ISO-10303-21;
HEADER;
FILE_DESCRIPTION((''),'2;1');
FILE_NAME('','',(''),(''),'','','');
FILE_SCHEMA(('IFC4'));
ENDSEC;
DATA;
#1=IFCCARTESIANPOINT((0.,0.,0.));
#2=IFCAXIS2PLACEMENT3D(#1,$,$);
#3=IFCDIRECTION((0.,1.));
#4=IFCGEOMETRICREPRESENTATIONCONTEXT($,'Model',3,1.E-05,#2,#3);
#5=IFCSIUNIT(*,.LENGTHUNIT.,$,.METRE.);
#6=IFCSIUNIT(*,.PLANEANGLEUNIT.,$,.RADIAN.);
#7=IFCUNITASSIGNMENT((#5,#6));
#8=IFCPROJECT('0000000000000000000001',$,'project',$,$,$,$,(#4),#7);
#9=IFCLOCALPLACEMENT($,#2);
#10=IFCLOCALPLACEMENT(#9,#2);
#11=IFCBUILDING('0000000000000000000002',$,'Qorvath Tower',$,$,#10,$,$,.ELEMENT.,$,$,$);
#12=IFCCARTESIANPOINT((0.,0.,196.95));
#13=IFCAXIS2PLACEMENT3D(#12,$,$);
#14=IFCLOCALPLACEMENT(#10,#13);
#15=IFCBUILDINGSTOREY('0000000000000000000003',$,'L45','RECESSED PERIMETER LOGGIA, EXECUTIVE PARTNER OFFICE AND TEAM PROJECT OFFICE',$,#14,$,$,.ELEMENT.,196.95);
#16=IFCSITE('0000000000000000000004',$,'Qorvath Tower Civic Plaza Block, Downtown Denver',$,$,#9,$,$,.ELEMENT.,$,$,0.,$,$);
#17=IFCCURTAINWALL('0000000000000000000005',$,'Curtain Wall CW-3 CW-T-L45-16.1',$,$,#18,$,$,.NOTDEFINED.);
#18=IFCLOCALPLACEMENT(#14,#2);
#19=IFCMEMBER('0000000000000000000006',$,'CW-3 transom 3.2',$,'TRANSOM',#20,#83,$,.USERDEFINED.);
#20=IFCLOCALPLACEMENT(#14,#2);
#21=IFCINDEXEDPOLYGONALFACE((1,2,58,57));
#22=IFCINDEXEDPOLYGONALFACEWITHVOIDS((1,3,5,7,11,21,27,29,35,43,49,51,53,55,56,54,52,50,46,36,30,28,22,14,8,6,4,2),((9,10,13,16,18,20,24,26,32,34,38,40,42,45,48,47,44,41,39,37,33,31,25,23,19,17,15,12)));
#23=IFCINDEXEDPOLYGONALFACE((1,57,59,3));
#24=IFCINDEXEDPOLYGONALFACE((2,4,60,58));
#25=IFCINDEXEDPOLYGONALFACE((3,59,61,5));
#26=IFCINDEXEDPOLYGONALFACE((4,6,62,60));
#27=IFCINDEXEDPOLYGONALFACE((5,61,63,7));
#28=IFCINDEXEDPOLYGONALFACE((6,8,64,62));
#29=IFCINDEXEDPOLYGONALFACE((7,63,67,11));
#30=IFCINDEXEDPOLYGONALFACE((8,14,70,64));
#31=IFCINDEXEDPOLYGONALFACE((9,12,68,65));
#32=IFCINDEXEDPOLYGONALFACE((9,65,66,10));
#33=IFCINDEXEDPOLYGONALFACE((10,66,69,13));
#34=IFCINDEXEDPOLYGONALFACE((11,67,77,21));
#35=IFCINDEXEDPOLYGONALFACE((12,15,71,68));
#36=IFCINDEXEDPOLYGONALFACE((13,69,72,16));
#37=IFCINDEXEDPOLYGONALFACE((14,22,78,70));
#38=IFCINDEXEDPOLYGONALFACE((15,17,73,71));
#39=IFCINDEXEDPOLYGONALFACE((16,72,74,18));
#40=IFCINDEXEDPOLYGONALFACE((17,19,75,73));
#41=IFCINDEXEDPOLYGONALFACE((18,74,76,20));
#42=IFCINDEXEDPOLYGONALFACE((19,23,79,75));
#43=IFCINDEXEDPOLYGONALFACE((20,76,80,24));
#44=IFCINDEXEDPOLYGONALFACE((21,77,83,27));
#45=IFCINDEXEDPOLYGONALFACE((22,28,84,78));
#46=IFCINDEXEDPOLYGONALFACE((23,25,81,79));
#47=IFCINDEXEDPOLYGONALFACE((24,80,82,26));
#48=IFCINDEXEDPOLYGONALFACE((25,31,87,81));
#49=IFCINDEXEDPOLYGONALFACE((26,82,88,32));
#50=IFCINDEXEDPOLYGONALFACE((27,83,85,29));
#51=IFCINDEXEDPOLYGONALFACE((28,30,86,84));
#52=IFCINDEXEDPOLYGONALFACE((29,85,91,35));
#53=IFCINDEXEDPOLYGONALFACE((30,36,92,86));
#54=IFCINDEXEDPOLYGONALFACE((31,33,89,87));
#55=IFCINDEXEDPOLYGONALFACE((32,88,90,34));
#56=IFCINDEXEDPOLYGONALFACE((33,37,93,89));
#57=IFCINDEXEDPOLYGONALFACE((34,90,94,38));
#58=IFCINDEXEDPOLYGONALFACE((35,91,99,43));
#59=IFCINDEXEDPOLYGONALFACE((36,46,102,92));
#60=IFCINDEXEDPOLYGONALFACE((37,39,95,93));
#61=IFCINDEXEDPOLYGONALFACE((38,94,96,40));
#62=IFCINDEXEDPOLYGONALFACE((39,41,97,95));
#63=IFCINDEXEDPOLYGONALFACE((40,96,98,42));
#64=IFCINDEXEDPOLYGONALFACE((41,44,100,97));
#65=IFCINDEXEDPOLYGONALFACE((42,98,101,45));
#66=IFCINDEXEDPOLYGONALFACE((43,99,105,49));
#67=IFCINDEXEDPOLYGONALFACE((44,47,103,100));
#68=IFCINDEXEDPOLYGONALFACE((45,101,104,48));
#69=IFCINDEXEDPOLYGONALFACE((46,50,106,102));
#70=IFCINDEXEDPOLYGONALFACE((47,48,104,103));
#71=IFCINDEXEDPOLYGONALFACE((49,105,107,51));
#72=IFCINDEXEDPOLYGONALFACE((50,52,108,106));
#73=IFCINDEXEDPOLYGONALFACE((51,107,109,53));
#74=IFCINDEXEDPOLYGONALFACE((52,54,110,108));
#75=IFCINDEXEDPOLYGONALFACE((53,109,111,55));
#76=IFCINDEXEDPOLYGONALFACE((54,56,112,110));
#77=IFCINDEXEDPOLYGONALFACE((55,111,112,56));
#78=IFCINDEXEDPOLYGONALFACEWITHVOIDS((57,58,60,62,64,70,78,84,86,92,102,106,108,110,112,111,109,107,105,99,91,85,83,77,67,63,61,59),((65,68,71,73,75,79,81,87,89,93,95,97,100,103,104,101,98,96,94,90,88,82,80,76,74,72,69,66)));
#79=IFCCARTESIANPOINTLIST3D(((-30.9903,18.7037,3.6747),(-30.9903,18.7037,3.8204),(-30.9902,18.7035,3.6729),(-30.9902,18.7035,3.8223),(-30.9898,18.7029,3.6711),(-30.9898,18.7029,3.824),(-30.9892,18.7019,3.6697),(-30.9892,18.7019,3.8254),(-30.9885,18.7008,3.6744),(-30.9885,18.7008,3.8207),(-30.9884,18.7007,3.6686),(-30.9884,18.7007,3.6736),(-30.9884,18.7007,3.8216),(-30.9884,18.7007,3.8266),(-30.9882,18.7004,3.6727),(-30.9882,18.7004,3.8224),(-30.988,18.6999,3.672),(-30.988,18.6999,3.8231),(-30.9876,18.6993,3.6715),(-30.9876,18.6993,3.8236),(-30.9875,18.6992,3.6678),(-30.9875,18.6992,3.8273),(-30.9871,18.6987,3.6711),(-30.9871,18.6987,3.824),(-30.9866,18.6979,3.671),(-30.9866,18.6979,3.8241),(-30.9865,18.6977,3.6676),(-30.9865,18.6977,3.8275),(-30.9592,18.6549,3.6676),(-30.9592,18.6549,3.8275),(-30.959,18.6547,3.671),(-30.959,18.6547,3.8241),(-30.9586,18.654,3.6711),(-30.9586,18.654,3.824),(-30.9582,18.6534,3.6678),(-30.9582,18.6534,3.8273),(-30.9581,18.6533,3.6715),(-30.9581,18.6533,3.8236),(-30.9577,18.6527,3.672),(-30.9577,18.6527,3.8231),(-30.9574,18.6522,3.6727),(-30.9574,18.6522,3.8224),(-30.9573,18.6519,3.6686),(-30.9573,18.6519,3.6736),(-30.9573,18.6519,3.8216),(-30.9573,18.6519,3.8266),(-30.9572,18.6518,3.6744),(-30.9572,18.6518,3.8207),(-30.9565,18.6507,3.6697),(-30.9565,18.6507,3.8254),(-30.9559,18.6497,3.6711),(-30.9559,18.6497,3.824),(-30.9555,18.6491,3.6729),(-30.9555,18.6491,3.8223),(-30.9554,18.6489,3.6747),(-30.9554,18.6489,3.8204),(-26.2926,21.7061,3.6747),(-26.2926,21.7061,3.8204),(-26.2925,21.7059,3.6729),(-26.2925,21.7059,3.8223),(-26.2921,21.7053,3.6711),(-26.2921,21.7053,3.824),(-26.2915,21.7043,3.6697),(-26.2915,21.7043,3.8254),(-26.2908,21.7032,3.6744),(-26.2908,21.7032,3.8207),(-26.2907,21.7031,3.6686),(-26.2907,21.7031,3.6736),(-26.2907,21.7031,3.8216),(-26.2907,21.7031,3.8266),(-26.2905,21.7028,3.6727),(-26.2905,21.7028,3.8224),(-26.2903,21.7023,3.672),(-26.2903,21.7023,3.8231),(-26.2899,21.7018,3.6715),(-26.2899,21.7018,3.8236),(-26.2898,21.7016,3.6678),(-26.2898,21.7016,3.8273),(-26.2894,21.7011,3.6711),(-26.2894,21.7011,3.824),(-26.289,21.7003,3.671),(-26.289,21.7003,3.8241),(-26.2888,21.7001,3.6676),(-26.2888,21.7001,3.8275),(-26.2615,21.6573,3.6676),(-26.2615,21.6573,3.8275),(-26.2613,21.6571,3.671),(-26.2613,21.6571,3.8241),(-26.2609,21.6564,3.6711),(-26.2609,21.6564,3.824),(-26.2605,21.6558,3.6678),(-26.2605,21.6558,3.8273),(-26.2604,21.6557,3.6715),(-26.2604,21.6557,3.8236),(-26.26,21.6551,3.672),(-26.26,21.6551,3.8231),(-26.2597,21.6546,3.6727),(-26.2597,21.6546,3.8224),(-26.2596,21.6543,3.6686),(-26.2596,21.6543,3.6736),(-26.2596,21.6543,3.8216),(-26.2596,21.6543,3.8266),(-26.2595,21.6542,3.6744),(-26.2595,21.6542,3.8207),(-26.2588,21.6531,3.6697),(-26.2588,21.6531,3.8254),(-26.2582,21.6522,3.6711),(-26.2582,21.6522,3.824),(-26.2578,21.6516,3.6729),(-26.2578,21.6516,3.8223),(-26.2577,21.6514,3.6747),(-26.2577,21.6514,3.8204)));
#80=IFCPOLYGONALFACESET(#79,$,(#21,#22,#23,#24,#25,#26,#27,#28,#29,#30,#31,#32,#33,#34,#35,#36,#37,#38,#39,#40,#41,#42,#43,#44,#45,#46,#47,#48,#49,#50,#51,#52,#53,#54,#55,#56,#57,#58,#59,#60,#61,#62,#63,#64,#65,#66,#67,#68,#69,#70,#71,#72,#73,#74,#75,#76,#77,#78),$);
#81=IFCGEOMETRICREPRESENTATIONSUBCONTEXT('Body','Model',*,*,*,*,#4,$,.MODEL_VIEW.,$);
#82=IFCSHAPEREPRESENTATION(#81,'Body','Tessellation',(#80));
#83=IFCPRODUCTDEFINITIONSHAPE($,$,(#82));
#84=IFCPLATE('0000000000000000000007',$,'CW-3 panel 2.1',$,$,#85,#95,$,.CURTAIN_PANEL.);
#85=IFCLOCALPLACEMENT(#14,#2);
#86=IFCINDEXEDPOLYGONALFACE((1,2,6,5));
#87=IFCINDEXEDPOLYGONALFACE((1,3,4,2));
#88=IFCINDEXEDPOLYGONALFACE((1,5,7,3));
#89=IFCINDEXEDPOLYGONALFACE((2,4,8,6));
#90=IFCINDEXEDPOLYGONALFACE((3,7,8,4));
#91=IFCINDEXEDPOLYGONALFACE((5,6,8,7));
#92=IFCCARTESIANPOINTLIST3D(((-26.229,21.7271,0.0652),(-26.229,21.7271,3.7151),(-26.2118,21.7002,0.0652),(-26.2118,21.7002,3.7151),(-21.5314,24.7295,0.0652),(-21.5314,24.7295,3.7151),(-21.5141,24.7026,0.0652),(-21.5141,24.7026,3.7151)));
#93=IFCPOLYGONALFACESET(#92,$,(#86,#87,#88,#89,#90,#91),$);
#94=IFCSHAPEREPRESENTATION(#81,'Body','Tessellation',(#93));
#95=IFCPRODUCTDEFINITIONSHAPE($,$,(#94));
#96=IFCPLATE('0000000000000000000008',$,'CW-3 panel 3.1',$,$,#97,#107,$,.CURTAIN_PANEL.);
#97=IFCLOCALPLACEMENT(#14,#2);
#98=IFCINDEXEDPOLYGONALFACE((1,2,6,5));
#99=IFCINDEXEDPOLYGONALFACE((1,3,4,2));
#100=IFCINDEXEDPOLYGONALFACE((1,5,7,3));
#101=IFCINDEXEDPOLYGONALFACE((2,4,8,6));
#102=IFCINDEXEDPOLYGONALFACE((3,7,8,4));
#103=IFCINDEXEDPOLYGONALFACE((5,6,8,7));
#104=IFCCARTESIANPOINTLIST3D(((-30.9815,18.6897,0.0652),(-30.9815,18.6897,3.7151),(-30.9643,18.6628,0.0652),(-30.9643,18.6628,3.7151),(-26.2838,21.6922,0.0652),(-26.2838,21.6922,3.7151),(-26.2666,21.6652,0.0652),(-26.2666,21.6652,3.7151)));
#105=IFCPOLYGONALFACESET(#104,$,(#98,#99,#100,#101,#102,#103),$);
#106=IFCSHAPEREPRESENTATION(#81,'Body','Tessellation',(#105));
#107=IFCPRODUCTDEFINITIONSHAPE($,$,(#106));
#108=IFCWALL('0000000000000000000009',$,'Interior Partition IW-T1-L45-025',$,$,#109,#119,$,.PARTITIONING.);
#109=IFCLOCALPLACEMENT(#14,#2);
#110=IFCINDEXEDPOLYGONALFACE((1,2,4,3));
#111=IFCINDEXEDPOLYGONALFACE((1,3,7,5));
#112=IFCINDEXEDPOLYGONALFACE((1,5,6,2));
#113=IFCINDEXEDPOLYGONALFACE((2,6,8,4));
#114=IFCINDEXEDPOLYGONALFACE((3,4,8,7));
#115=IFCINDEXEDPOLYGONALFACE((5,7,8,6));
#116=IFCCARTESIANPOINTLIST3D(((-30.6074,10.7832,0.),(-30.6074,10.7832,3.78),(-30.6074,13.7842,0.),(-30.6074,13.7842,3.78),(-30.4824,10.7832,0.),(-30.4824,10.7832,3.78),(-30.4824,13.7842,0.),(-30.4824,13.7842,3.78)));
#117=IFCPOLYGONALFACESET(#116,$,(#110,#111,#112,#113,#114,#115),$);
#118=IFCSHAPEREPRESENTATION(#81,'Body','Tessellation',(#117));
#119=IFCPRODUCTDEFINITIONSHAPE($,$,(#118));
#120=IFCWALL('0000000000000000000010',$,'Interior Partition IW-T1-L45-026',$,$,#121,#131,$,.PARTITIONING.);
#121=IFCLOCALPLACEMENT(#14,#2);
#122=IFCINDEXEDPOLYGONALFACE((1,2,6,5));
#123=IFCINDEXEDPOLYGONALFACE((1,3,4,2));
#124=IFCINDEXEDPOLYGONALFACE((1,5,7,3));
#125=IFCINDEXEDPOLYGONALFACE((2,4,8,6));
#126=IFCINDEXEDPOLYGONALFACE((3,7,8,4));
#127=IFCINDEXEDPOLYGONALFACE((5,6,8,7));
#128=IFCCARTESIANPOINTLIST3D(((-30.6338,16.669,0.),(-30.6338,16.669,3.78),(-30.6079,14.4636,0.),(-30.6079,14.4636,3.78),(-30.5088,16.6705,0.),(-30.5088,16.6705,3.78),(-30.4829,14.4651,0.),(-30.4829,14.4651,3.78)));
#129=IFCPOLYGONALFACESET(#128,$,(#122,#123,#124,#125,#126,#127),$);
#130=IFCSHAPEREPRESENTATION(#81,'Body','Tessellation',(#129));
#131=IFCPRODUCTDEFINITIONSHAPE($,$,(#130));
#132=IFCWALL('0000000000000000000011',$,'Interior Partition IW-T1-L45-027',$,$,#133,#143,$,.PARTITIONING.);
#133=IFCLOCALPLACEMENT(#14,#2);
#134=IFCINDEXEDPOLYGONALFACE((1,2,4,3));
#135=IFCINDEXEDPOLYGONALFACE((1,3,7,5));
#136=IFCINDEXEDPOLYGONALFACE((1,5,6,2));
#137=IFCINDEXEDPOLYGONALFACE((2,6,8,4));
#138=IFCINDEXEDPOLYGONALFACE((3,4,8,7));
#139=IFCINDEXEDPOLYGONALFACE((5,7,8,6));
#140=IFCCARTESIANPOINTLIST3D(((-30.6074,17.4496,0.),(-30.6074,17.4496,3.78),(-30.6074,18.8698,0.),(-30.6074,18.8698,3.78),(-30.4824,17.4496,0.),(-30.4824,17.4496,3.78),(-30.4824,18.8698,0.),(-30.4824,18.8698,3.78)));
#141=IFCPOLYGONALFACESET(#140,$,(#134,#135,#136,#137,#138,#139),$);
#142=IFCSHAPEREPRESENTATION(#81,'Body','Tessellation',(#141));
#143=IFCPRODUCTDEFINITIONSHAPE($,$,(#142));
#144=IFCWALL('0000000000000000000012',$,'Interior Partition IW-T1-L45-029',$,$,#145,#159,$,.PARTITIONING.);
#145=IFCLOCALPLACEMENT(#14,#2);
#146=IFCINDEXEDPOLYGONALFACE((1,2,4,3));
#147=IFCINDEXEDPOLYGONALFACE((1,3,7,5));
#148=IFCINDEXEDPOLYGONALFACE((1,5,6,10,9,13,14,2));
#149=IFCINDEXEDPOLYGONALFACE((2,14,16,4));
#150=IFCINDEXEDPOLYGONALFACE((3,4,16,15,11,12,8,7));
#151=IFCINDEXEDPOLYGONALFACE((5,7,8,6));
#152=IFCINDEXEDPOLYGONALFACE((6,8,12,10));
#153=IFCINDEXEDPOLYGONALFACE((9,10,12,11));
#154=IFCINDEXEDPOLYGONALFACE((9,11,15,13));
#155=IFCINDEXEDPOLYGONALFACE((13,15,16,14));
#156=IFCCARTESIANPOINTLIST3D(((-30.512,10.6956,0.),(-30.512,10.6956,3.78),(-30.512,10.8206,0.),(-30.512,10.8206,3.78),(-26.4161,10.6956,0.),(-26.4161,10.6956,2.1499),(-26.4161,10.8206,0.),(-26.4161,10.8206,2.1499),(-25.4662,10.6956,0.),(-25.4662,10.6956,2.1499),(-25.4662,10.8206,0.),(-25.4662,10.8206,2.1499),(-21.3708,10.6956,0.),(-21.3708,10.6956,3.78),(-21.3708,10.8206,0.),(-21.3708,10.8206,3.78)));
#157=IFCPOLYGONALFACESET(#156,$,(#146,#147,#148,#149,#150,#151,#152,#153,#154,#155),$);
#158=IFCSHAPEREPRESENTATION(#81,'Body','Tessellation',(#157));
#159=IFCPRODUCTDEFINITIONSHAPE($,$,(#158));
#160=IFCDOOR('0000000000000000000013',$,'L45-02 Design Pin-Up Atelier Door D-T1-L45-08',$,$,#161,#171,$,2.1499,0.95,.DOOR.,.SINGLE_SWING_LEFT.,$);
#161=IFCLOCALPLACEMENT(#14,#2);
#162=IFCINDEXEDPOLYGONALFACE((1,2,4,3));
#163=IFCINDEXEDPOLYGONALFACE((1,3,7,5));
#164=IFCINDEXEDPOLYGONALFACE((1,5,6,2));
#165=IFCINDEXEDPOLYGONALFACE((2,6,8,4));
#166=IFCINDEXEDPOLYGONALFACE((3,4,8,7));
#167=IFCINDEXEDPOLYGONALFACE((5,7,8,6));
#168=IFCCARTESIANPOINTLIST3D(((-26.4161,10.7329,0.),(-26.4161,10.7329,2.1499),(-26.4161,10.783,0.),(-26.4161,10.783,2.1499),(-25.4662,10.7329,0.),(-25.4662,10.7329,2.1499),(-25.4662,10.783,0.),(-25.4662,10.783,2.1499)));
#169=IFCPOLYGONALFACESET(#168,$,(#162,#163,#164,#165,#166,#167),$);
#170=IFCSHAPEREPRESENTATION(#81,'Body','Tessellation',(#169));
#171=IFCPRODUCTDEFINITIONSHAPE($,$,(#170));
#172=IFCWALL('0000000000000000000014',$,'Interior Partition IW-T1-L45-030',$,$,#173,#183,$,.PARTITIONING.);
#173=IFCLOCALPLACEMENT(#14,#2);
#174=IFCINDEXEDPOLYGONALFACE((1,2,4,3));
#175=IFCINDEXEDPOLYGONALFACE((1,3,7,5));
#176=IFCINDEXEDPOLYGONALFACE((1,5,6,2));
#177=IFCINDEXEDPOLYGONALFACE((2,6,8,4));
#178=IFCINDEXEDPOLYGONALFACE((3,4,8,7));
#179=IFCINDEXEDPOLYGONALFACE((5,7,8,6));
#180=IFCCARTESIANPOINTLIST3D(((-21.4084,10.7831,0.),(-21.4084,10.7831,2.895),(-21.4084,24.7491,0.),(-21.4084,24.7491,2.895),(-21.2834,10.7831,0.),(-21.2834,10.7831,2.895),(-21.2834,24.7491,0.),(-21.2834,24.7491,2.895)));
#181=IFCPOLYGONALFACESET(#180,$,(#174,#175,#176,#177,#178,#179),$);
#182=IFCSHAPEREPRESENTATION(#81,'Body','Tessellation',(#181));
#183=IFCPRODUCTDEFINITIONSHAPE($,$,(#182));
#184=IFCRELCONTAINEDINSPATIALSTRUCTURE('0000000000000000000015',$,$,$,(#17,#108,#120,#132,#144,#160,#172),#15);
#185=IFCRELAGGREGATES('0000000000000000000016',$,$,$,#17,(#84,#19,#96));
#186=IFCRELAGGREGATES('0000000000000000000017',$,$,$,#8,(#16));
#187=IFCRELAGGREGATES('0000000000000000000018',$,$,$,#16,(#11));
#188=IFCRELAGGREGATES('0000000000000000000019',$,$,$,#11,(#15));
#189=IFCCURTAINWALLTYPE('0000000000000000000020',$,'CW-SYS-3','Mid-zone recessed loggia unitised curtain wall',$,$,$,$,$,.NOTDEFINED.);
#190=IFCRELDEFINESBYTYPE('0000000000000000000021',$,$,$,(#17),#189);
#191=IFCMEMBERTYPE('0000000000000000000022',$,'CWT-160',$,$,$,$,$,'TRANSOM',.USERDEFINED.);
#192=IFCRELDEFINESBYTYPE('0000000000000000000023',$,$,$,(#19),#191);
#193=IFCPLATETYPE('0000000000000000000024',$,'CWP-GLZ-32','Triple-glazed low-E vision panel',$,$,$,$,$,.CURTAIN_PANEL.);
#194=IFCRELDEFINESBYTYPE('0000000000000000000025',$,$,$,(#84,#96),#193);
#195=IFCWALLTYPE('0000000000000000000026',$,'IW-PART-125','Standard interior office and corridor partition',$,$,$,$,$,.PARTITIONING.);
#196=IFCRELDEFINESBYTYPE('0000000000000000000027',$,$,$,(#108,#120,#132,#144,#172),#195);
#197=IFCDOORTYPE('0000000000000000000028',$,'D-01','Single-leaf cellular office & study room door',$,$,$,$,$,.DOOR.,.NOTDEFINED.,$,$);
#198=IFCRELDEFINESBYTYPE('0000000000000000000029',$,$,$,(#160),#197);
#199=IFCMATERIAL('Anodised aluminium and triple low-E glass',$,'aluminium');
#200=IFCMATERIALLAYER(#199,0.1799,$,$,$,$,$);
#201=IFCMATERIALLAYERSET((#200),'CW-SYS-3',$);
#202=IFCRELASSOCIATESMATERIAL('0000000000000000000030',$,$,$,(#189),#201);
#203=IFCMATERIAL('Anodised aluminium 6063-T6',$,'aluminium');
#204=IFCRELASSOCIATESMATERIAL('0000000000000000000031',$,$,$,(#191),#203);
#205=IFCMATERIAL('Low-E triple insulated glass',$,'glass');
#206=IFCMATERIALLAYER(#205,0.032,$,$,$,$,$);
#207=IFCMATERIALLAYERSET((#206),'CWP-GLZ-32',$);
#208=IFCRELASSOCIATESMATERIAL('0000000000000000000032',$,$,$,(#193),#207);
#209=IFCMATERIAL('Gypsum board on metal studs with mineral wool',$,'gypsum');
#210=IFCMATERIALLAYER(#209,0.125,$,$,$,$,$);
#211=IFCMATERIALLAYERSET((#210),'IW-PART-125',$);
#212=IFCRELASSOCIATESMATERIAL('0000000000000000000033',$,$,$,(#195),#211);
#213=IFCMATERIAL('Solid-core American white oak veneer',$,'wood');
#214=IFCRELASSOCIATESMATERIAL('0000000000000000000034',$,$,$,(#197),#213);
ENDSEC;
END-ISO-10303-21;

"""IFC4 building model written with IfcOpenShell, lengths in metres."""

from ifc_helpers import new_model, si_unit, direction, frame, frame_2d, origin, origin_2d, place, context, subcontext, project, spatial, rectangle, hollow_rectangle, extrude, material, layer, layer_set, material_profile, profile_set, type_object, element, fill, aggregate, save


model = new_model("IFC4")

# Units and contexts
model_context = context("Model", 3, precision=1e-05, world=origin(), true_north=direction((0.0, 1.0)))
body_context = subcontext(model_context, "Body", "Model", "MODEL_VIEW")
ifc_project = project(units=[si_unit("LENGTHUNIT", "METRE"), si_unit("PLANEANGLEUNIT", "RADIAN")], contexts=[model_context])

# Site, building, storey
site_placement = place(None, origin())
site = spatial("IfcSite", under=ifc_project, at=site_placement, Name="Qorvath Tower Civic Plaza Block, Downtown Denver", CompositionType="ELEMENT", RefElevation=0.0)
building_placement = place(site_placement, origin())
building = spatial("IfcBuilding", under=site, at=building_placement, Name="Qorvath Tower", CompositionType="ELEMENT")
storey_placement = place(building_placement, frame((0.0, 0.0, 196.95)))
storey = spatial("IfcBuildingStorey", under=building, at=storey_placement, Name="L45", Description="RECESSED PERIMETER LOGGIA, EXECUTIVE PARTNER OFFICE AND TEAM PROJECT OFFICE", CompositionType="ELEMENT", Elevation=196.95)

# Curtain wall, member, plates
ifc_material_1 = material(Name="Anodised aluminium and triple low-E glass", Category="aluminium")
ifc_layer_1 = layer(ifc_material_1, 0.1799)
ifc_layer_set_1 = layer_set([ifc_layer_1], Name="CW-SYS-3")
curtain_wall_type = type_object("IfcCurtainWallType", Name="CW-SYS-3", Description="Mid-zone recessed loggia unitised curtain wall", PredefinedType="NOTDEFINED", material=ifc_layer_set_1)
curtain_wall_placement = place(storey_placement, origin())
curtain_wall = element("IfcCurtainWall", 1, at=curtain_wall_placement, inside=storey, type_object=curtain_wall_type, Name="Curtain Wall CW-3 CW-T-L45-16.1", PredefinedType="NOTDEFINED")
ifc_material_2 = material(Name="Anodised aluminium 6063-T6", Category="aluminium")
ifc_material_profile_1 = material_profile(ifc_material_2, hollow_rectangle(XDim=0.0649, YDim=0.1599, WallThickness=0.0034, InnerFilletRadius=0.0034, OuterFilletRadius=0.0071, at=origin_2d()), Name="CWT 160x65")
ifc_profile_set_1 = profile_set([ifc_material_profile_1], Name="Anodised aluminium 6063-T6")
member_type_1 = type_object("IfcMemberType", Name="CWT-160", ElementType="TRANSOM", PredefinedType="USERDEFINED", material=ifc_profile_set_1)
member_1_placement = place(storey_placement, frame((-26.2751, 21.6787, 3.7476), z_axis=(-0.842607, -0.538529, 0.0), x_axis=(0.538529, -0.842607, 0.0)))
member_1 = element("IfcMember", 2, at=member_1_placement, type_object=member_type_1, Name="CW-3 transom 3.2", ObjectType="TRANSOM", PredefinedType="USERDEFINED", context=body_context, shape_type="SweptSolid", body=[
    extrude(hollow_rectangle(XDim=0.0649, YDim=0.1599, WallThickness=0.0034, InnerFilletRadius=0.0034, OuterFilletRadius=0.0071, at=origin_2d()), origin(), (0.0, 0.0, 1.0), 5.5752),
])
ifc_material_3 = material(Name="Low-E triple insulated glass", Category="glass")
ifc_layer_2 = layer(ifc_material_3, 0.032)
ifc_layer_set_2 = layer_set([ifc_layer_2], Name="CWP-GLZ-32")
plate_type = type_object("IfcPlateType", Name="CWP-GLZ-32", Description="Triple-glazed low-E vision panel", PredefinedType="CURTAIN_PANEL", material=ifc_layer_set_2)
plate_1_placement = place(storey_placement, frame((-23.8716, 23.2148, 0.0652), z_axis=(0.0, 0.0, 1.0), x_axis=(-0.842604, -0.538534, 0.0)))
plate_1 = element("IfcPlate", 3, at=plate_1_placement, type_object=plate_type, Name="CW-3 panel 2.1", PredefinedType="CURTAIN_PANEL", context=body_context, shape_type="SweptSolid", body=[
    extrude(rectangle(XDim=5.5752, YDim=0.032, at=origin_2d()), origin(), (0.0, 0.0, 1.0), 3.6499),
])
plate_2_placement = place(storey_placement, frame((-28.624, 20.1775, 0.0652), z_axis=(0.0, 0.0, 1.0), x_axis=(-0.842604, -0.538534, 0.0)))
plate_2 = element("IfcPlate", 4, at=plate_2_placement, type_object=plate_type, Name="CW-3 panel 3.1", PredefinedType="CURTAIN_PANEL", context=body_context, shape_type="SweptSolid", body=[
    extrude(rectangle(XDim=5.5752, YDim=0.032, at=origin_2d()), origin(), (0.0, 0.0, 1.0), 3.6499),
])
aggregate(curtain_wall, [plate_1, member_1, plate_2])

# Walls
ifc_material_4 = material(Name="Gypsum board on metal studs with mineral wool", Category="gypsum")
ifc_layer_3 = layer(ifc_material_4, 0.125)
ifc_layer_set_3 = layer_set([ifc_layer_3], Name="IW-PART-125")
wall_type = type_object("IfcWallType", Name="IW-PART-125", Description="Standard interior office and corridor partition", PredefinedType="PARTITIONING", material=ifc_layer_set_3)
wall_1_placement = place(storey_placement, frame((-30.5449, 10.7832, 0.0), z_axis=(0.0, 0.0, 1.0), x_axis=(0.0, 1.0, 0.0)))
element("IfcWall", 5, at=wall_1_placement, inside=storey, type_object=wall_type, Name="Interior Partition IW-T1-L45-025", PredefinedType="PARTITIONING", context=body_context, shape_type="SweptSolid", body=[
    extrude(rectangle(XDim=3.001, YDim=0.125, at=frame_2d((1.5005, 0.0))), origin(), (0.0, 0.0, 1.0), 3.78),
])
wall_2_placement = place(storey_placement, frame((-30.5454, 14.4644, 0.0), z_axis=(0.0, 0.0, 1.0), x_axis=(-0.011734, 0.999931, 0.0)))
element("IfcWall", 6, at=wall_2_placement, inside=storey, type_object=wall_type, Name="Interior Partition IW-T1-L45-026", PredefinedType="PARTITIONING", context=body_context, shape_type="SweptSolid", body=[
    extrude(rectangle(XDim=2.2056, YDim=0.125, at=frame_2d((1.1028, 0.0))), origin(), (0.0, 0.0, 1.0), 3.78),
])
wall_3_placement = place(storey_placement, frame((-30.5449, 17.4497, 0.0), z_axis=(0.0, 0.0, 1.0), x_axis=(0.0, 1.0, 0.0)))
element("IfcWall", 7, at=wall_3_placement, inside=storey, type_object=wall_type, Name="Interior Partition IW-T1-L45-027", PredefinedType="PARTITIONING", context=body_context, shape_type="SweptSolid", body=[
    extrude(rectangle(XDim=1.4202, YDim=0.125, at=frame_2d((0.71, 0.0))), origin(), (0.0, 0.0, 1.0), 3.78),
])

# Wall, opening, door
wall_4_placement = place(storey_placement, frame((-30.512, 10.7581, 0.0), z_axis=(0.0, 0.0, 1.0), x_axis=(1.0, 0.0, 0.0)))
wall_4 = element("IfcWall", 8, at=wall_4_placement, inside=storey, type_object=wall_type, Name="Interior Partition IW-T1-L45-029", PredefinedType="PARTITIONING", context=body_context, shape_type="SweptSolid", body=[
    extrude(rectangle(XDim=9.1411, YDim=0.125, at=frame_2d((4.5706, 0.0))), origin(), (0.0, 0.0, 1.0), 3.78),
])
opening_placement = place(wall_4_placement, frame((4.0957, 0.0, 0.0)))
opening = element("IfcOpeningElement", 9, at=opening_placement, cuts=wall_4, PredefinedType="OPENING", context=body_context, shape_type="SweptSolid", body=[
    extrude(rectangle(XDim=0.95, YDim=2.1499, at=frame_2d((0.4751, 1.075))), frame((0.0, 0.0725, 0.0), z_axis=(0.0, -1.0, 0.0), x_axis=(1.0, 0.0, 0.0)), (0.0, 0.0, 1.0), 0.145),
])
ifc_material_5 = material(Name="Solid-core American white oak veneer", Category="wood")
door_type = type_object("IfcDoorType", Name="D-01", Description="Single-leaf cellular office & study room door", OperationType="NOTDEFINED", PredefinedType="DOOR", material=ifc_material_5)
door_placement = place(opening_placement, origin())
door = element("IfcDoor", 10, at=door_placement, inside=storey, type_object=door_type, Name="L45-02 Design Pin-Up Atelier Door D-T1-L45-08", OperationType="SINGLE_SWING_LEFT", OverallHeight=2.1499, OverallWidth=0.95, PredefinedType="DOOR", context=body_context, shape_type="SweptSolid", body=[
    extrude(rectangle(XDim=0.95, YDim=2.1499, at=frame_2d((0.4751, 1.075))), frame((0.0, 0.0249, 0.0), z_axis=(0.0, -1.0, 0.0), x_axis=(1.0, 0.0, 0.0)), (0.0, 0.0, 1.0), 0.05),
])
fill(opening, door)

# Wall
wall_5_placement = place(storey_placement, frame((-21.3459, 10.7832, 0.0), z_axis=(0.0, 0.0, 1.0), x_axis=(0.0, 1.0, 0.0)))
element("IfcWall", 11, at=wall_5_placement, inside=storey, type_object=wall_type, Name="Interior Partition IW-T1-L45-030", PredefinedType="PARTITIONING", context=body_context, shape_type="SweptSolid", body=[
    extrude(rectangle(XDim=13.9661, YDim=0.125, at=frame_2d((6.9829, 0.0))), origin(), (0.0, 0.0, 1.0), 2.895),
])

save(model, "model.ifc")
